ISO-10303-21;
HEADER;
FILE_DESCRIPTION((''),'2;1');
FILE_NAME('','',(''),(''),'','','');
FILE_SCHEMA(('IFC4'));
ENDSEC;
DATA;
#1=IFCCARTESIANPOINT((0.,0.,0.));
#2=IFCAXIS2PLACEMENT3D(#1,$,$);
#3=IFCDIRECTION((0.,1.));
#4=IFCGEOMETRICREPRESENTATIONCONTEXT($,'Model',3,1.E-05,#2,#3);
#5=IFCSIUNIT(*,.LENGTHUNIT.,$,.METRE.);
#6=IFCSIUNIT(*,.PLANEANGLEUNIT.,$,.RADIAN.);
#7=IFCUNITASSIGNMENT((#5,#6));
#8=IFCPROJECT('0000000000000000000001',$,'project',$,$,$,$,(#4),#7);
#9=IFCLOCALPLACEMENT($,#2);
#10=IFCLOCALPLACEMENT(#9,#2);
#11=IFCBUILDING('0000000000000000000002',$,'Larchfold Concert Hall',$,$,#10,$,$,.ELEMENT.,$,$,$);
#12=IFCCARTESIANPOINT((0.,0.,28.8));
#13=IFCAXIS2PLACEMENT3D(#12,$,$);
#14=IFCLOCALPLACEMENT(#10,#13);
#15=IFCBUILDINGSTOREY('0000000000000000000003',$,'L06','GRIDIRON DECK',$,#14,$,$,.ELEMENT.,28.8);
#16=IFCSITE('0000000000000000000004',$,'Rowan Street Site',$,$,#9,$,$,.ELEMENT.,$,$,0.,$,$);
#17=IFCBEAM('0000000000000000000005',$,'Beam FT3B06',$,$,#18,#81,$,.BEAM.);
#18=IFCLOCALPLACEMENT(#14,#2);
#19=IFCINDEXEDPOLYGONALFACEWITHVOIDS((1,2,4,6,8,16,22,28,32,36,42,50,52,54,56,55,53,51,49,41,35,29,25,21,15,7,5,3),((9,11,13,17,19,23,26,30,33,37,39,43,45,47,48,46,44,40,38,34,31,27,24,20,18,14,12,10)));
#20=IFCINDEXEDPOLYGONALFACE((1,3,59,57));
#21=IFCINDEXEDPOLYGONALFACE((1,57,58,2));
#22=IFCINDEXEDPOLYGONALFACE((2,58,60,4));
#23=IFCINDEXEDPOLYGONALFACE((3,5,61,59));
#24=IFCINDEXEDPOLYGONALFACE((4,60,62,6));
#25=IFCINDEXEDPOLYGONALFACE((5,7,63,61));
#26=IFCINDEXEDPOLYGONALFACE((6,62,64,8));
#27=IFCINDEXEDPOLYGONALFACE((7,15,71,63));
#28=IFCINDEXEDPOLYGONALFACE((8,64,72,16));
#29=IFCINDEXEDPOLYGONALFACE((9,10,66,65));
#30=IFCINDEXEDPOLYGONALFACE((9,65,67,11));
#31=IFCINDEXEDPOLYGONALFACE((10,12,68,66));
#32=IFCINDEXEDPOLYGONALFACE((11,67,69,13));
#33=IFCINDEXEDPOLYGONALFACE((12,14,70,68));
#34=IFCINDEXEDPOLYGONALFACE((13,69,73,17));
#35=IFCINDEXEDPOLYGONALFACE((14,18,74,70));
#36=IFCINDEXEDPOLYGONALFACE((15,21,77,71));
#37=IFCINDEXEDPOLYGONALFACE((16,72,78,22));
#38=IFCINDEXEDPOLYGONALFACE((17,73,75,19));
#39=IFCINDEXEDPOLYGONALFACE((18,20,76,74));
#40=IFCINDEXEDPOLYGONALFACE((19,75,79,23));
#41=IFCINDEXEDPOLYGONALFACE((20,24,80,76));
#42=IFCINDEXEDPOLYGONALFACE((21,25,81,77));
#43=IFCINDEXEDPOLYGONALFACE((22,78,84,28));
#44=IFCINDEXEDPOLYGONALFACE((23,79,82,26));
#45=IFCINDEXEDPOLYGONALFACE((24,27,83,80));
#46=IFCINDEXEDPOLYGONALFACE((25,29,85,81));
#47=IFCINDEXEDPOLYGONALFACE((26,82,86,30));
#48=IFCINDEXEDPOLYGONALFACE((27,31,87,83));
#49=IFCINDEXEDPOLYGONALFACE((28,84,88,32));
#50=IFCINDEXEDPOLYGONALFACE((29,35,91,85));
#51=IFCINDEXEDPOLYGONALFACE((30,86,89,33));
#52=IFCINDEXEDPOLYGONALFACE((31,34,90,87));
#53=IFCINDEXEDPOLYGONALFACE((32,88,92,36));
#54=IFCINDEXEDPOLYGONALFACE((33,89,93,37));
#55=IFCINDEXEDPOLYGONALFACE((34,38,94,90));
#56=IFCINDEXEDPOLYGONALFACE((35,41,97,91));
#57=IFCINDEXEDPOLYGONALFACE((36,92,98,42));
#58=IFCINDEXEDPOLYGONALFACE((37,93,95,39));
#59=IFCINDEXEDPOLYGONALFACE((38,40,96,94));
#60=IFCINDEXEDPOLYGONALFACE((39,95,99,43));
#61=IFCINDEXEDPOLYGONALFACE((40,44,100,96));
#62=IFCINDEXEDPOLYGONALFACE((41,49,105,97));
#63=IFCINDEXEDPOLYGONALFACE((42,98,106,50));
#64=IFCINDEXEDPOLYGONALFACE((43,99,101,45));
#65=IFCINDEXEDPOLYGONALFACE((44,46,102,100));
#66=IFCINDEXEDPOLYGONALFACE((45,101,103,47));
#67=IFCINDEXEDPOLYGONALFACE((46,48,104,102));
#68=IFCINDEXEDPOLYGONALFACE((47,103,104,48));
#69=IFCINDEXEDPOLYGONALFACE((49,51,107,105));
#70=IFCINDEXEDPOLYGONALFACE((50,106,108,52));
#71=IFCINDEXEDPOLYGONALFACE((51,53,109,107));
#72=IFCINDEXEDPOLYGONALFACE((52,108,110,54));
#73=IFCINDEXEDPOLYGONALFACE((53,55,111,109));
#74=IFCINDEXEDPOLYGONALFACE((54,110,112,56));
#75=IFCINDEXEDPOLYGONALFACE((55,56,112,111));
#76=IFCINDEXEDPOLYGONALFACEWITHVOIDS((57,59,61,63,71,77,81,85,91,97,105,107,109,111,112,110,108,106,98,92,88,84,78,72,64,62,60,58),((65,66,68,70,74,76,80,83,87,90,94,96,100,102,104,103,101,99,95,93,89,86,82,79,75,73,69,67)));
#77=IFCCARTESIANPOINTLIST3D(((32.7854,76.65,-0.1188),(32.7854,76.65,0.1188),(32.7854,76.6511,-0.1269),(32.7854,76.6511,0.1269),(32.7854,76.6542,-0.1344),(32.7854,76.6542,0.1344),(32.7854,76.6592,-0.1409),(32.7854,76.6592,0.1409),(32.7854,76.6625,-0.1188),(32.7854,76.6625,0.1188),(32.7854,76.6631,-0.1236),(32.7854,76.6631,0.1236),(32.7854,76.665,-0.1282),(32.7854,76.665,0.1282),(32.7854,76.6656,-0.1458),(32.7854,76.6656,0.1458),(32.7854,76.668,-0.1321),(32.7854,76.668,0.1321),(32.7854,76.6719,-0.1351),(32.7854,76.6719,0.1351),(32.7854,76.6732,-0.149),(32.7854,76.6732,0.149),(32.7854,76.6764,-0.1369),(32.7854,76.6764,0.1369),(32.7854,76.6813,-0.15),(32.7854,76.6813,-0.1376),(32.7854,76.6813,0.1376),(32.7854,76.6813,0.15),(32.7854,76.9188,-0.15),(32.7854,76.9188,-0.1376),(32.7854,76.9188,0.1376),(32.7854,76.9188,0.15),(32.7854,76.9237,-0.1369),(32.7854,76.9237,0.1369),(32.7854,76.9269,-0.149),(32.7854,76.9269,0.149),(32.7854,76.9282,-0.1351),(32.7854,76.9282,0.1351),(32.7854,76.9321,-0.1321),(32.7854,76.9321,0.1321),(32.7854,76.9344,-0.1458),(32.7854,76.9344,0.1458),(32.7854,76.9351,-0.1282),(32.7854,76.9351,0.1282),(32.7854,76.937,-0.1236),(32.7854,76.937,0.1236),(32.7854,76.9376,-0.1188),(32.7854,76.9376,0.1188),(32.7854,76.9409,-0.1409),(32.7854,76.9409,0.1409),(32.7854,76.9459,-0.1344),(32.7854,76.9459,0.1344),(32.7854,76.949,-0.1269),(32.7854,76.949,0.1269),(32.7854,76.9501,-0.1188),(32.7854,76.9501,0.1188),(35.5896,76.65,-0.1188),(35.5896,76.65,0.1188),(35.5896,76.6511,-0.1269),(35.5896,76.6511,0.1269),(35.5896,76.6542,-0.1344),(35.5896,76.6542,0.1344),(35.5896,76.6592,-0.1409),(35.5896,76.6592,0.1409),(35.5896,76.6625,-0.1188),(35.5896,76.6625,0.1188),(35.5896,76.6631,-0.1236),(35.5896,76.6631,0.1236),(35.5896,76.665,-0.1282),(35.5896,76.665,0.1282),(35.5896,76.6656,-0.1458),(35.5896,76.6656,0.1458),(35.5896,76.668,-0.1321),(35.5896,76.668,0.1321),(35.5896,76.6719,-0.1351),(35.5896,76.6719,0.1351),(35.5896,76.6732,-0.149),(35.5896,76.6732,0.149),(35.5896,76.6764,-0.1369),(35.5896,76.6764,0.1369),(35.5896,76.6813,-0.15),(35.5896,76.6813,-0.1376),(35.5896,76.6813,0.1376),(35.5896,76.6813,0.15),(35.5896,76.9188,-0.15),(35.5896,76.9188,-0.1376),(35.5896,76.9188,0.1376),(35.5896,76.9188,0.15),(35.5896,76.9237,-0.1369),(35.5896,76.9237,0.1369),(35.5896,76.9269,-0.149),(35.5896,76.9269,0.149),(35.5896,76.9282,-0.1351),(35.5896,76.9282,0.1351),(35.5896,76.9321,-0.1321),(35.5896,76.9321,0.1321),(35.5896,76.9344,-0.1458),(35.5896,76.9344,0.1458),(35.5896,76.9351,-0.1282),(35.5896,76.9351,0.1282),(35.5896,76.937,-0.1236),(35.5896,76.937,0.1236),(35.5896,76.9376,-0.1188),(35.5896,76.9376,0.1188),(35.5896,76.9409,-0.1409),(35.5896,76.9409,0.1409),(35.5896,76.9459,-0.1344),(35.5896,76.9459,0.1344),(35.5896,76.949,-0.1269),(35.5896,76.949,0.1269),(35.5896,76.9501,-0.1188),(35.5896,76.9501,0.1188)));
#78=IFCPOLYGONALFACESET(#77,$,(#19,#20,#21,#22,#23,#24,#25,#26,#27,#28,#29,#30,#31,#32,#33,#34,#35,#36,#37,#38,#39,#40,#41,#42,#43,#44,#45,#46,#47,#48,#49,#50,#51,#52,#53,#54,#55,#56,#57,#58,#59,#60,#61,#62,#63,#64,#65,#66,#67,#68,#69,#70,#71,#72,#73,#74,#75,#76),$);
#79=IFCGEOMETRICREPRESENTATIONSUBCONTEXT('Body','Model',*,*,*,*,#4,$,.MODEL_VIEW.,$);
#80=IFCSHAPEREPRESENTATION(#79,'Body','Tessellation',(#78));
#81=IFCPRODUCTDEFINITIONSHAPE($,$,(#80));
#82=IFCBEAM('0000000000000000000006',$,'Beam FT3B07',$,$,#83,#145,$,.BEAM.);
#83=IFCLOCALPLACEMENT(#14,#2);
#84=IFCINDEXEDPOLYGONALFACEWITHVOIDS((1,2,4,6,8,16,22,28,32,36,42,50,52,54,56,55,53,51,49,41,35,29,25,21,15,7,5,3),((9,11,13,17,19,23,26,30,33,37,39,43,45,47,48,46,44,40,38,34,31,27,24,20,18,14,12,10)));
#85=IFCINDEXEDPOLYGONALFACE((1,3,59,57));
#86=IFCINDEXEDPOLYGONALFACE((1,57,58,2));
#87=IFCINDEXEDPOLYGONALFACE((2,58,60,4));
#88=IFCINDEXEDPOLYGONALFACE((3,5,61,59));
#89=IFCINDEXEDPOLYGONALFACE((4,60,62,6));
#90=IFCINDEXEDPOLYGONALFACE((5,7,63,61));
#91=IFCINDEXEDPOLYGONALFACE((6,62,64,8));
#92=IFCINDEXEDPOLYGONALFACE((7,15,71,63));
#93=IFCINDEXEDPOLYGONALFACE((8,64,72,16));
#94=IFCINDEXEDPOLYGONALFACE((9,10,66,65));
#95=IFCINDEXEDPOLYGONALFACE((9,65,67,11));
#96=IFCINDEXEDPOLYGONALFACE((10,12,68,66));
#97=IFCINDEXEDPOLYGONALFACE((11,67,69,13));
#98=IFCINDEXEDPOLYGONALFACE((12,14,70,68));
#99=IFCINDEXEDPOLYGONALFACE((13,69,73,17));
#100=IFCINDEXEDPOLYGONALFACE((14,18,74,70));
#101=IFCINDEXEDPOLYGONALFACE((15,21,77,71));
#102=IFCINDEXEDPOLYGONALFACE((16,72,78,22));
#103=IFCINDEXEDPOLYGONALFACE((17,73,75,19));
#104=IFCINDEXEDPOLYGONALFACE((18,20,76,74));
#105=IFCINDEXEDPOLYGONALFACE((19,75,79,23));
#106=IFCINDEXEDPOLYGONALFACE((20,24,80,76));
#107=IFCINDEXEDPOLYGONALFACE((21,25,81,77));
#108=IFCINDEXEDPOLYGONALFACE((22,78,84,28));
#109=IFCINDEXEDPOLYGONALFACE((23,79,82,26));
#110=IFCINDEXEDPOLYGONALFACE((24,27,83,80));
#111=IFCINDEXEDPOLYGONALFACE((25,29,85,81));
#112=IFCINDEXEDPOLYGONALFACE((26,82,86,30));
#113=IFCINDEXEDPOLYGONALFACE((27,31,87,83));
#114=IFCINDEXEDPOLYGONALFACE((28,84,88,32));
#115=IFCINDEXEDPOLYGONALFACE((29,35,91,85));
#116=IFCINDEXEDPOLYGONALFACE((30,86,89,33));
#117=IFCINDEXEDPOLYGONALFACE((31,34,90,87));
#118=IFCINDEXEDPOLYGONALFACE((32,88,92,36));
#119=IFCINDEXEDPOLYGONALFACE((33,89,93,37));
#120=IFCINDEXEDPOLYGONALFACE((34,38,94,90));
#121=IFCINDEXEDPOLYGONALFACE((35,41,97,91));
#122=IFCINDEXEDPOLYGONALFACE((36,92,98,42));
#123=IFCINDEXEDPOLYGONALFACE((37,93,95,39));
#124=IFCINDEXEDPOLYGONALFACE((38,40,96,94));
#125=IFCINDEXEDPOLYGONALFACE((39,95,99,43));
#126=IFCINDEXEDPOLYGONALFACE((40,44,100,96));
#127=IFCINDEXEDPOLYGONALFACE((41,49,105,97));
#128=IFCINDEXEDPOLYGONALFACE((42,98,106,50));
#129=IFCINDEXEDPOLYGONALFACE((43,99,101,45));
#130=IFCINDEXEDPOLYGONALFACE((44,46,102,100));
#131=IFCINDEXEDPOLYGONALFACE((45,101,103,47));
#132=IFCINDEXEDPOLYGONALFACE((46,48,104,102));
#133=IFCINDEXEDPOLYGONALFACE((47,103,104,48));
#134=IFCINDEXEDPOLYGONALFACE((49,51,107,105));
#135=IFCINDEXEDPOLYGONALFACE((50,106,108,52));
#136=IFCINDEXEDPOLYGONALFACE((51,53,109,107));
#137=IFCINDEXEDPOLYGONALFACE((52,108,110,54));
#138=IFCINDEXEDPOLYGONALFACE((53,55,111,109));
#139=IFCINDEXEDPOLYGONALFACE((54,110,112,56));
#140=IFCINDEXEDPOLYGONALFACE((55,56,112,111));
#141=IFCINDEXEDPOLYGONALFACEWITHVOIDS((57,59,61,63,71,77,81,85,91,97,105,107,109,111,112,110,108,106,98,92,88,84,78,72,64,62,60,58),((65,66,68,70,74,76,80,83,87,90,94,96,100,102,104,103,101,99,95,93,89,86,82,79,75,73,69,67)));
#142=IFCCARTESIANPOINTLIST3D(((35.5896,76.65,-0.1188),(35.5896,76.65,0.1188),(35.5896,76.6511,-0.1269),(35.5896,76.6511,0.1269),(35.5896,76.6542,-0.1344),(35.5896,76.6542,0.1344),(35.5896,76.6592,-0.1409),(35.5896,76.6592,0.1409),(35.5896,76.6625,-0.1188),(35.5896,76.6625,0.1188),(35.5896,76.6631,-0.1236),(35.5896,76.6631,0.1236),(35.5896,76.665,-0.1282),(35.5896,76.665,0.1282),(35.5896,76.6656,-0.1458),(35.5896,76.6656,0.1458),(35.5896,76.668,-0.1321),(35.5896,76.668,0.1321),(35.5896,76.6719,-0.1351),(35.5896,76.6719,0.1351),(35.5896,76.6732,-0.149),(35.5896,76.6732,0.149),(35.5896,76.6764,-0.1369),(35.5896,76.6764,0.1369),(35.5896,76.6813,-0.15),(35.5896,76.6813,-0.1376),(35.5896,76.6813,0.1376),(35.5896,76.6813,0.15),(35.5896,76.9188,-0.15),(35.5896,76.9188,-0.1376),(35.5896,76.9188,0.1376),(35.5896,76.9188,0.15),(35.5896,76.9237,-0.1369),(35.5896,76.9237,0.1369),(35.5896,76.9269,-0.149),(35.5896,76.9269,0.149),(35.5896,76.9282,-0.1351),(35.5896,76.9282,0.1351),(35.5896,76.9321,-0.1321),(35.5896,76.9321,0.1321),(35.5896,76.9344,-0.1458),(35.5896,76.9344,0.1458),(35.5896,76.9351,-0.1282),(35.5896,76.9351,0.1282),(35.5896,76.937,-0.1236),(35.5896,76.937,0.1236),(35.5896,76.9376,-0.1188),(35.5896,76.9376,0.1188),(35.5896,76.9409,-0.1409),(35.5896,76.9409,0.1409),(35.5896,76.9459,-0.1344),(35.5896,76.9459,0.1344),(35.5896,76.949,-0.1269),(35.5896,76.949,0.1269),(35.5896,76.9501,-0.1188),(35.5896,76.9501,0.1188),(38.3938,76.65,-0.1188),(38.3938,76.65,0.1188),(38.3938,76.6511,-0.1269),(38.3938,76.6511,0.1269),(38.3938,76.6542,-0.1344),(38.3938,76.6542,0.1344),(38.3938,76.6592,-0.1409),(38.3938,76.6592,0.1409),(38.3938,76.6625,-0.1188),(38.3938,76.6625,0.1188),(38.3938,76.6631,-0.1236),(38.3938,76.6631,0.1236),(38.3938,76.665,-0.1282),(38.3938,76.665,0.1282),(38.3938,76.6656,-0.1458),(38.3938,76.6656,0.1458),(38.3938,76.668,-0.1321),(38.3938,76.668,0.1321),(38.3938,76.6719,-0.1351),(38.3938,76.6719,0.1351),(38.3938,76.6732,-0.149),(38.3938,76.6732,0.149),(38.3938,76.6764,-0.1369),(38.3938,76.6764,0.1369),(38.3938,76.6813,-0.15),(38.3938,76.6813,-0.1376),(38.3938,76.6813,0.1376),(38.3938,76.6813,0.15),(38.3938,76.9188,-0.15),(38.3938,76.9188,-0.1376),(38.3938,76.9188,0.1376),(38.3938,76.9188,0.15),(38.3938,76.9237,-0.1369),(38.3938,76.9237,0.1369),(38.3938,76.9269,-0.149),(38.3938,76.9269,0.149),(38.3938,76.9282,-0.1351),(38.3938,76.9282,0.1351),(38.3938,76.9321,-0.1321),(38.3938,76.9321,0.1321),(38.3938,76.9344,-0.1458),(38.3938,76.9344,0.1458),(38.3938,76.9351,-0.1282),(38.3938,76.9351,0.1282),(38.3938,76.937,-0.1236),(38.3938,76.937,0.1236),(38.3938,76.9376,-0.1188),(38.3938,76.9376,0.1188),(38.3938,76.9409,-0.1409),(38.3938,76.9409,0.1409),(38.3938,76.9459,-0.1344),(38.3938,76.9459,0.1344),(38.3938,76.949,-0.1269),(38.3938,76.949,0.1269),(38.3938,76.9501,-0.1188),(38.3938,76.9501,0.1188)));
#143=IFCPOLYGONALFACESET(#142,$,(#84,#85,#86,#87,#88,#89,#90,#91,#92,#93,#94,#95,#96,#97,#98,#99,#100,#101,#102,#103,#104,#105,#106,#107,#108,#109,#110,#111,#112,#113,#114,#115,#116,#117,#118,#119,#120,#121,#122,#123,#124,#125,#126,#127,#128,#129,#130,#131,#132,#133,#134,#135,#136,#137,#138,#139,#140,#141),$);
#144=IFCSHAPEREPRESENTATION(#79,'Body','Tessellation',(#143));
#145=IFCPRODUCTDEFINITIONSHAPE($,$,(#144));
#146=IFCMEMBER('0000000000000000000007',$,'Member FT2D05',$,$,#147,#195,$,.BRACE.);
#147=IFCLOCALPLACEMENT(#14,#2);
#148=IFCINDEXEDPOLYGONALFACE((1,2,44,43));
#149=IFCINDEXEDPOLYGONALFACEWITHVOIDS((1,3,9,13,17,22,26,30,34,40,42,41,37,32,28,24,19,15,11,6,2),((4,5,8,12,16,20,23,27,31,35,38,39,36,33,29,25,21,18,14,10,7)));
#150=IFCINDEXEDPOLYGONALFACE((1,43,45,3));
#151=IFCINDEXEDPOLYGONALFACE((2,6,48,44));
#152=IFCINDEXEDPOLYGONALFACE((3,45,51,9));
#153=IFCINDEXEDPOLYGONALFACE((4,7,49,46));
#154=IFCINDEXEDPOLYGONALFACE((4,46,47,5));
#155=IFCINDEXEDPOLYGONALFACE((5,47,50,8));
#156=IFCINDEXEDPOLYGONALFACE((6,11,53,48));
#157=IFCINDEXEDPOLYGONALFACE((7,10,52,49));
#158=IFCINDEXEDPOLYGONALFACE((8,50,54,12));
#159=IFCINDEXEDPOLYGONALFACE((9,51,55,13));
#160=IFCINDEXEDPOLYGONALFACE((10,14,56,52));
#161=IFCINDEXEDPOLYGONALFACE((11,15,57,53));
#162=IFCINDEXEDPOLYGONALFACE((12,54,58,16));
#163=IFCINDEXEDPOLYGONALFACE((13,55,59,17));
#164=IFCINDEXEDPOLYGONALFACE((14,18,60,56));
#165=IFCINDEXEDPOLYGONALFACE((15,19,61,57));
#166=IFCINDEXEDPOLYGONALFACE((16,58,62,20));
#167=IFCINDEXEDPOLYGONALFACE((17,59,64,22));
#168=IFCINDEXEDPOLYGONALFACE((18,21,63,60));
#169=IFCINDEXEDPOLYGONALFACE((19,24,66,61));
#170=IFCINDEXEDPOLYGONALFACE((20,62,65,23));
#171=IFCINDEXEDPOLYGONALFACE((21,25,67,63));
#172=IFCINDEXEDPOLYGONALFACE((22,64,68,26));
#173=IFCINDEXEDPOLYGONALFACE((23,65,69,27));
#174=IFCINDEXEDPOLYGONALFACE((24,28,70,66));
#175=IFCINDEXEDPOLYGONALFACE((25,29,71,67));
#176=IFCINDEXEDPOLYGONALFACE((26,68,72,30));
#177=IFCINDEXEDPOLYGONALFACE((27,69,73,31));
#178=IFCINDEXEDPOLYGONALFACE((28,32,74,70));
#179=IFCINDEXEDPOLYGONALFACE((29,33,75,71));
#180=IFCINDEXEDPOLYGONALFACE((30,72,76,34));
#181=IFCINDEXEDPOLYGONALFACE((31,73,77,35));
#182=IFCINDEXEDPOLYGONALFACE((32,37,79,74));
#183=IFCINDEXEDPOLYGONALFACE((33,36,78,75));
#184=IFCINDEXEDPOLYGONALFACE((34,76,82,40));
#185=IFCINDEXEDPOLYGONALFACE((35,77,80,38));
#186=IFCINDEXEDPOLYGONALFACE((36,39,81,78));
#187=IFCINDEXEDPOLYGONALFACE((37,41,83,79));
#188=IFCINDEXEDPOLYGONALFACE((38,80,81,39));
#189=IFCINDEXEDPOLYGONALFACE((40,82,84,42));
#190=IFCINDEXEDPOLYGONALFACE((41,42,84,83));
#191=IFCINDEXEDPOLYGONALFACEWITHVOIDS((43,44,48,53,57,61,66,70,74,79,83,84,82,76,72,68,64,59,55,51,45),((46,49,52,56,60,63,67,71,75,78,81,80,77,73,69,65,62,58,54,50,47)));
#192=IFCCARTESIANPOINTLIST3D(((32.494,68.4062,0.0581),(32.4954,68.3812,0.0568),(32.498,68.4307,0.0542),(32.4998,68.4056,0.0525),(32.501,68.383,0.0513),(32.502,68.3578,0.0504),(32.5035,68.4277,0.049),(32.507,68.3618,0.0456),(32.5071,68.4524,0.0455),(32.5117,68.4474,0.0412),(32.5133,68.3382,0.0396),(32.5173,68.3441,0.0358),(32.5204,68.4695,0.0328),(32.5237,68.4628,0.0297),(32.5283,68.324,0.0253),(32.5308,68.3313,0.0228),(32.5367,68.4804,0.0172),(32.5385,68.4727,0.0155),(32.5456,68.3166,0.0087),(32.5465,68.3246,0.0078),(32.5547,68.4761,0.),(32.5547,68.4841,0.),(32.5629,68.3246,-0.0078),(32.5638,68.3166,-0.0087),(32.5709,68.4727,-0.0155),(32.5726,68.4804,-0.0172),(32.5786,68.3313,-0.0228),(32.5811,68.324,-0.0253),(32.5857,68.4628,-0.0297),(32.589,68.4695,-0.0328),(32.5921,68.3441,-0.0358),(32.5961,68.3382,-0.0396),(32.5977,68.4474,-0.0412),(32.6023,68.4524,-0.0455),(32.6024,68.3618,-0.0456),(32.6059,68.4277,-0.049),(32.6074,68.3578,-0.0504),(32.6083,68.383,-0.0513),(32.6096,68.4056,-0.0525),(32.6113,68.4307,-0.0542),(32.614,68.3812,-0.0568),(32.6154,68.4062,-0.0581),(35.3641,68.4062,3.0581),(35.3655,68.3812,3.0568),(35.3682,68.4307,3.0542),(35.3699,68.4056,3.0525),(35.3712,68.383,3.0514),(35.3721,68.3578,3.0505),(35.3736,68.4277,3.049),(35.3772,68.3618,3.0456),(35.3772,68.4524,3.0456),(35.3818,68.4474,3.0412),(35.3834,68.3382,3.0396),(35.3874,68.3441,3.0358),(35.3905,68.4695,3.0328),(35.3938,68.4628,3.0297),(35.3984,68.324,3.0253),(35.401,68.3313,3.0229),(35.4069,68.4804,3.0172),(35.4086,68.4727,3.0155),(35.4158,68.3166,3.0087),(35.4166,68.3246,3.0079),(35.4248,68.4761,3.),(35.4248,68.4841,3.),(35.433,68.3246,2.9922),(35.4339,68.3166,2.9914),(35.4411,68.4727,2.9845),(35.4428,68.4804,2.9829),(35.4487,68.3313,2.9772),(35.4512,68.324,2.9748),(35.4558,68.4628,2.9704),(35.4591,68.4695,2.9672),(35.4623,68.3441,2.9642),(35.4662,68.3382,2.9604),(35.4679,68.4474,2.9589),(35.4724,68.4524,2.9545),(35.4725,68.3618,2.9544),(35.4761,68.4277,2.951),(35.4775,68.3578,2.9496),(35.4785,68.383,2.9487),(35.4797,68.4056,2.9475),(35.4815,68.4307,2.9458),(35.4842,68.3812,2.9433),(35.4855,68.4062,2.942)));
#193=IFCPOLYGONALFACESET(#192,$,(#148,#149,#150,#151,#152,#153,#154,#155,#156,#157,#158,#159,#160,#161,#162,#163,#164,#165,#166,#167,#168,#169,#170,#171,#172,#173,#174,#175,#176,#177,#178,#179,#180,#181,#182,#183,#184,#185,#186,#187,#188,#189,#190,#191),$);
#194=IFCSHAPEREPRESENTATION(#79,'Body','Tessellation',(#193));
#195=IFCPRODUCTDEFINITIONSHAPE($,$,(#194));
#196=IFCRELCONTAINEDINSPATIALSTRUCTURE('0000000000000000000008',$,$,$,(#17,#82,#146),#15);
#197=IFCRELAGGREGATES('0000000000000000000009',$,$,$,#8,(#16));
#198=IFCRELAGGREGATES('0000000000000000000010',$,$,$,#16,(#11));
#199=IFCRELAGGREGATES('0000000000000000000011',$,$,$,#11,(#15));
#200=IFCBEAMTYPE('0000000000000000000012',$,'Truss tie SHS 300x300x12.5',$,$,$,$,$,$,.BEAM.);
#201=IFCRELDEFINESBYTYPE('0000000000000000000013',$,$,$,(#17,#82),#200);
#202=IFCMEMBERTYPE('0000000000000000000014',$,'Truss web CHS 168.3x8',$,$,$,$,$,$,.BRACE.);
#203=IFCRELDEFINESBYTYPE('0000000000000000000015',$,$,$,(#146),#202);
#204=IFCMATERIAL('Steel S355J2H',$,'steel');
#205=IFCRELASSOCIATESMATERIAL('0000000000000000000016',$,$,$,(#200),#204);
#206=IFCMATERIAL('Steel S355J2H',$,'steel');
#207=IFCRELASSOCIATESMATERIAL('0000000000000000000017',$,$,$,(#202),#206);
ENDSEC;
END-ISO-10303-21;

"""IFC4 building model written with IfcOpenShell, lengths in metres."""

from ifc_helpers import new_model, si_unit, direction, frame, origin, origin_2d, place, context, subcontext, project, spatial, hollow_rectangle, hollow_circle, extrude, material, material_profile, profile_set, type_object, element, save


model = new_model("IFC4")

# Units and contexts
model_context = context("Model", 3, precision=1e-05, world=origin(), true_north=direction((0.0, 1.0)))
body_context = subcontext(model_context, "Body", "Model", "MODEL_VIEW")
ifc_project = project(units=[si_unit("LENGTHUNIT", "METRE"), si_unit("PLANEANGLEUNIT", "RADIAN")], contexts=[model_context])

# Site, building, storey
site_placement = place(None, origin())
site = spatial("IfcSite", under=ifc_project, at=site_placement, Name="Rowan Street Site", CompositionType="ELEMENT", RefElevation=0.0)
building_placement = place(site_placement, origin())
building = spatial("IfcBuilding", under=site, at=building_placement, Name="Larchfold Concert Hall", CompositionType="ELEMENT")
storey_placement = place(building_placement, frame((0.0, 0.0, 28.8)))
storey = spatial("IfcBuildingStorey", under=building, at=storey_placement, Name="L06", Description="GRIDIRON DECK", CompositionType="ELEMENT", Elevation=28.8)

# Beams
ifc_material_1 = material(Name="Steel S355J2H", Category="steel")
ifc_material_profile_1 = material_profile(ifc_material_1, hollow_rectangle(XDim=0.3, YDim=0.3, WallThickness=0.0125, InnerFilletRadius=0.0188, OuterFilletRadius=0.0312, at=origin_2d()))
ifc_profile_set_1 = profile_set([ifc_material_profile_1], Name="Steel S355J2H")
beam_type_1 = type_object("IfcBeamType", Name="Truss tie SHS 300x300x12.5", PredefinedType="BEAM", material=ifc_profile_set_1)
for number, where, z_axis, x_axis, name in (
    (1, (32.7854, 76.8, 0.0), (1.0, 0.0, 0.0), (0.0, 1.0, 0.0), "Beam FT3B06"),
    (2, (35.5896, 76.8, 0.0), (1.0, 0.0, 0.0), (0.0, 1.0, 0.0), "Beam FT3B07"),
):
    element("IfcBeam", number, at=place(storey_placement, frame(where, z_axis=z_axis, x_axis=x_axis)), inside=storey, type_object=beam_type_1, Name=name, PredefinedType="BEAM", context=body_context, shape_type="SweptSolid", body=[
        extrude(hollow_rectangle(XDim=0.3, YDim=0.3, WallThickness=0.0125, InnerFilletRadius=0.0188, OuterFilletRadius=0.0312, at=origin_2d()), origin(), (0.0, 0.0, 1.0), 2.8042),
    ])

# Member
ifc_material_2 = material(Name="Steel S355J2H", Category="steel")
ifc_material_profile_2 = material_profile(ifc_material_2, hollow_circle(Radius=0.0842, WallThickness=0.0081, at=origin_2d()))
ifc_profile_set_2 = profile_set([ifc_material_profile_2], Name="Steel S355J2H")
member_type_1 = type_object("IfcMemberType", Name="Truss web CHS 168.3x8", PredefinedType="BRACE", material=ifc_profile_set_2)
for number, where, z_axis, x_axis, name in (
    (3, (32.5547, 68.3999, 0.0), (0.691292, 0.0, 0.722575), (0.0, 1.0, 0.0), "Member FT2D05"),
):
    element("IfcMember", number, at=place(storey_placement, frame(where, z_axis=z_axis, x_axis=x_axis)), inside=storey, type_object=member_type_1, Name=name, PredefinedType="BRACE", context=body_context, shape_type="SweptSolid", body=[
        extrude(hollow_circle(Radius=0.0842, WallThickness=0.0081, at=origin_2d()), origin(), (0.0, 0.0, 1.0), 4.1519),
    ])

save(model, "model.ifc")
